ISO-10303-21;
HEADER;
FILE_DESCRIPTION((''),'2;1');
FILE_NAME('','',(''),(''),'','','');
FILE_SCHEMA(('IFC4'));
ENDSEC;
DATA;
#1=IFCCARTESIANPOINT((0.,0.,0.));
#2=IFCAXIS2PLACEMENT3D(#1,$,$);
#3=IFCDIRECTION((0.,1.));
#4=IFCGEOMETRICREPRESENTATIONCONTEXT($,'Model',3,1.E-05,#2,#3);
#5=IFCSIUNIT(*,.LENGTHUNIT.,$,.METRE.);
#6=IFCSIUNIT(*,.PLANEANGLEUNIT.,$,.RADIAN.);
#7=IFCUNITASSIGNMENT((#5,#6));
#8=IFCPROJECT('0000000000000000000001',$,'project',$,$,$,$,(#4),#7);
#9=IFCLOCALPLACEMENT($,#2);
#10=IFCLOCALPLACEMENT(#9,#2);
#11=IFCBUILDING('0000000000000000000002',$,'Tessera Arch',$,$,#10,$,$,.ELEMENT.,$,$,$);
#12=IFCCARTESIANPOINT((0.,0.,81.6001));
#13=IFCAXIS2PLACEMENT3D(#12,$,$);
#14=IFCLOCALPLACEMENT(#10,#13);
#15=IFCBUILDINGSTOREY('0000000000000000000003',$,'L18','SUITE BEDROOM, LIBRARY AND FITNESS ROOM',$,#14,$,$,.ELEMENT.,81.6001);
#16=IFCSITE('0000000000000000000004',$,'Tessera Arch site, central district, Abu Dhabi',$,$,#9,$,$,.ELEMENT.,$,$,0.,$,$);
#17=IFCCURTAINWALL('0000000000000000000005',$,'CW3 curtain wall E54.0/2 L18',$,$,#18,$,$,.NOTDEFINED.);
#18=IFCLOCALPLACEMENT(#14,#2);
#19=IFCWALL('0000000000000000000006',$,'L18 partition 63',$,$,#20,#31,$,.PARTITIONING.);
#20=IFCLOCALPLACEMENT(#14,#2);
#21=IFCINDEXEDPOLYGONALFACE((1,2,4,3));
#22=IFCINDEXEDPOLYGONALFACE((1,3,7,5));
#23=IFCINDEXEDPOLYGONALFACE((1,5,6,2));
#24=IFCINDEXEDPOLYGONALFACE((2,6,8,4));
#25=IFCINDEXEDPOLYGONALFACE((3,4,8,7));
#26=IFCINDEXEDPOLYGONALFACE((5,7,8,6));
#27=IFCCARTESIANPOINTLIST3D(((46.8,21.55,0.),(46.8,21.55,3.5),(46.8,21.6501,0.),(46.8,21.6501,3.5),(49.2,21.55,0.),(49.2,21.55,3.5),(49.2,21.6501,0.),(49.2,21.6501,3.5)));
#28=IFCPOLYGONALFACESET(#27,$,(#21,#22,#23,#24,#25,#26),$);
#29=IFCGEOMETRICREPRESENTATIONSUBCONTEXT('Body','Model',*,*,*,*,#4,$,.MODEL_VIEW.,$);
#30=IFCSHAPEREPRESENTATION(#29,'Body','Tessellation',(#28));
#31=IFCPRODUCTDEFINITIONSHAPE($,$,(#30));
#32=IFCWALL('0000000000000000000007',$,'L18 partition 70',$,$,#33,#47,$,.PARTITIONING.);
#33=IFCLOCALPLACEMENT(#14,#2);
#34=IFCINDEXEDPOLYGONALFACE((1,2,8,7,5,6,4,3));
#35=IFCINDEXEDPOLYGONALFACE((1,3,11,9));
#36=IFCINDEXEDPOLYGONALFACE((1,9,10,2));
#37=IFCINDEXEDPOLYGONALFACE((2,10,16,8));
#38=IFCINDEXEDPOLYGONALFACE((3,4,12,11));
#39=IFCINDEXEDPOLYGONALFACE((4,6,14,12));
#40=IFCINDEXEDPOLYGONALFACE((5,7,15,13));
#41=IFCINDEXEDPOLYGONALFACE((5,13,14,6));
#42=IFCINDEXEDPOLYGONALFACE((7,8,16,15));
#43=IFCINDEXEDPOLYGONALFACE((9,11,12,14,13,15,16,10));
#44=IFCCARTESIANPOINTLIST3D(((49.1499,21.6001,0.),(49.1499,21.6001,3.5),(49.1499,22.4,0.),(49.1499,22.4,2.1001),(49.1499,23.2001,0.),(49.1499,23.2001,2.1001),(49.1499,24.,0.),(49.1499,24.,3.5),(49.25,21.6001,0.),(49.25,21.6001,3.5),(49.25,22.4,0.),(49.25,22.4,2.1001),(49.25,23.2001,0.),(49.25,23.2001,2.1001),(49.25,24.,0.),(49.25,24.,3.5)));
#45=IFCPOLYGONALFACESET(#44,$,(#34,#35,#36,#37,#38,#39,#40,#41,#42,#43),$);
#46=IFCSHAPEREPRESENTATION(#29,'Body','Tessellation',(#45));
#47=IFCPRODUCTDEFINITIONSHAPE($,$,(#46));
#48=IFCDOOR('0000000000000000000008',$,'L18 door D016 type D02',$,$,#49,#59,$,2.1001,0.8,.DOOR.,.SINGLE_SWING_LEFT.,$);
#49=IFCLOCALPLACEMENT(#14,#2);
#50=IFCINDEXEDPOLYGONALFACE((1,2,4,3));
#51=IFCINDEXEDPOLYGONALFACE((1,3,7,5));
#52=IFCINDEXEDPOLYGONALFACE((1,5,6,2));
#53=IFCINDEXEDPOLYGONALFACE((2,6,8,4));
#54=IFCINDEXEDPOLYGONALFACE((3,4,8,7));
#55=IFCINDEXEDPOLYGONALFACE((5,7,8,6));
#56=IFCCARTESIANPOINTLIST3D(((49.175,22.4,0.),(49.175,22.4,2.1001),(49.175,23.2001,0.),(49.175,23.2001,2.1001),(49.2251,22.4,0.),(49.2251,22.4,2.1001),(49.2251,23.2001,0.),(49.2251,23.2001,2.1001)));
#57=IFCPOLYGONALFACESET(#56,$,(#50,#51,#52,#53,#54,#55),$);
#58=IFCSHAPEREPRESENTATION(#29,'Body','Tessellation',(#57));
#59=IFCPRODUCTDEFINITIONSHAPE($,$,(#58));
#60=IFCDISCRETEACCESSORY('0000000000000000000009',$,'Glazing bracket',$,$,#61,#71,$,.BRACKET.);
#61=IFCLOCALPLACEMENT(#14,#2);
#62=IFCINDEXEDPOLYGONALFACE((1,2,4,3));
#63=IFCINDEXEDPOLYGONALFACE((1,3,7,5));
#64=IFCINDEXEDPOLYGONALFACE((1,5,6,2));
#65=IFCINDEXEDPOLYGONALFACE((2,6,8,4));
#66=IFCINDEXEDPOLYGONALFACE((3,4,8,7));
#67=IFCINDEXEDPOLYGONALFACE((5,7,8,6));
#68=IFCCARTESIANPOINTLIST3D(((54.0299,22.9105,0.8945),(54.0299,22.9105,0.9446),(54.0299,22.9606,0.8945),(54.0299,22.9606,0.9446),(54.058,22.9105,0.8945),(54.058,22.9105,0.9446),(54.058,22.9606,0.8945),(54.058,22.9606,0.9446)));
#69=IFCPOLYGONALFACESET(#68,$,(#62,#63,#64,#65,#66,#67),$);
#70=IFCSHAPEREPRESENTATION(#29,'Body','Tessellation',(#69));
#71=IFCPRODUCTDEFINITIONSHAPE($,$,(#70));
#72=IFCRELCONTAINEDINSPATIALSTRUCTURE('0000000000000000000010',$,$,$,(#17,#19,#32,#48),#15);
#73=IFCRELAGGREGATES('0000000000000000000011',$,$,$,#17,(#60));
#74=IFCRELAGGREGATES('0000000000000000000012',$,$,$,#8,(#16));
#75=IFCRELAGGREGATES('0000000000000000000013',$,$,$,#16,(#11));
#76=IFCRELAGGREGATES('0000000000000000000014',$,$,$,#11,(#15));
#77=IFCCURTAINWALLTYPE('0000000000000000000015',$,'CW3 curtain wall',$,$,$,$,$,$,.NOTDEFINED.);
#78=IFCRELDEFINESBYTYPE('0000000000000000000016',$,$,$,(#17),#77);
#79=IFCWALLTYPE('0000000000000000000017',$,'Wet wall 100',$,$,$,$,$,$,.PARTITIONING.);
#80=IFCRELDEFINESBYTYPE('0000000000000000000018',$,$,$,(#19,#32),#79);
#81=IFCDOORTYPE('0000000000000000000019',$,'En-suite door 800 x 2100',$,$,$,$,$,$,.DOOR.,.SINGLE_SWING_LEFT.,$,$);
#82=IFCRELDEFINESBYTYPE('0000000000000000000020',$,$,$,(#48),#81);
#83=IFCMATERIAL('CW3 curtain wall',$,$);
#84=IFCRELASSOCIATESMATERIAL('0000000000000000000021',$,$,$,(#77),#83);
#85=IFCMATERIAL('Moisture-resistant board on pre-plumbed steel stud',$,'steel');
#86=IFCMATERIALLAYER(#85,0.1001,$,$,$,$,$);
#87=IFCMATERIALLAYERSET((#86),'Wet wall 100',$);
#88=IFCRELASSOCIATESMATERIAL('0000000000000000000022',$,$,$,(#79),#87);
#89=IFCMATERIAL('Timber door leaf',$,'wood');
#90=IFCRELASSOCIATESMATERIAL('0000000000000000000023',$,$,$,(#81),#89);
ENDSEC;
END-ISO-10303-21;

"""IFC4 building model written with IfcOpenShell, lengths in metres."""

from ifc_helpers import new_model, si_unit, direction, frame, frame_2d, origin, origin_2d, place, context, subcontext, project, spatial, rectangle, extrude, material, layer, layer_set, type_object, element, fill, aggregate, save


model = new_model("IFC4")

# Units and contexts
model_context = context("Model", 3, precision=1e-05, world=origin(), true_north=direction((0.0, 1.0)))
body_context = subcontext(model_context, "Body", "Model", "MODEL_VIEW")
ifc_project = project(units=[si_unit("LENGTHUNIT", "METRE"), si_unit("PLANEANGLEUNIT", "RADIAN")], contexts=[model_context])

# Site, building, storey
site_placement = place(None, origin())
site = spatial("IfcSite", under=ifc_project, at=site_placement, Name="Tessera Arch site, central district, Abu Dhabi", CompositionType="ELEMENT", RefElevation=0.0)
building_placement = place(site_placement, origin())
building = spatial("IfcBuilding", under=site, at=building_placement, Name="Tessera Arch", CompositionType="ELEMENT")
storey_placement = place(building_placement, frame((0.0, 0.0, 81.6001)))
storey = spatial("IfcBuildingStorey", under=building, at=storey_placement, Name="L18", Description="SUITE BEDROOM, LIBRARY AND FITNESS ROOM", CompositionType="ELEMENT", Elevation=81.6001)

# Curtain wall
ifc_material_1 = material(Name="CW3 curtain wall")
curtain_wall_type_1 = type_object("IfcCurtainWallType", Name="CW3 curtain wall", PredefinedType="NOTDEFINED", material=ifc_material_1)
curtain_wall_1_placement = place(storey_placement, origin())
curtain_wall_1 = element("IfcCurtainWall", 1, at=curtain_wall_1_placement, inside=storey, type_object=curtain_wall_type_1, Name="CW3 curtain wall E54.0/2 L18", PredefinedType="NOTDEFINED")

# Wall
ifc_material_2 = material(Name="Moisture-resistant board on pre-plumbed steel stud", Category="steel")
ifc_layer_1 = layer(ifc_material_2, 0.1001)
ifc_layer_set_1 = layer_set([ifc_layer_1], Name="Wet wall 100")
wall_type_1 = type_object("IfcWallType", Name="Wet wall 100", PredefinedType="PARTITIONING", material=ifc_layer_set_1)
wall_1_placement = place(storey_placement, frame((46.8, 21.6001, 0.0), z_axis=(0.0, 0.0, 1.0), x_axis=(1.0, 0.0, 0.0)))
element("IfcWall", 2, at=wall_1_placement, inside=storey, type_object=wall_type_1, Name="L18 partition 63", PredefinedType="PARTITIONING", context=body_context, shape_type="SweptSolid", body=[
    extrude(rectangle(XDim=2.3999, YDim=0.1001, at=frame_2d((1.2, 0.0))), origin(), (0.0, 0.0, 1.0), 3.5),
])

# Wall, opening, door
wall_2_placement = place(storey_placement, frame((49.2, 21.6001, 0.0), z_axis=(0.0, 0.0, 1.0), x_axis=(0.0, 1.0, 0.0)))
wall_2 = element("IfcWall", 3, at=wall_2_placement, inside=storey, type_object=wall_type_1, Name="L18 partition 70", PredefinedType="PARTITIONING", context=body_context, shape_type="SweptSolid", body=[
    extrude(rectangle(XDim=2.3999, YDim=0.1001, at=frame_2d((1.2, 0.0))), origin(), (0.0, 0.0, 1.0), 3.5),
])
opening_1_placement = place(wall_2_placement, frame((0.8, 0.0, 0.0)))
opening_1 = element("IfcOpeningElement", 4, at=opening_1_placement, cuts=wall_2, PredefinedType="OPENING", context=body_context, shape_type="SweptSolid", body=[
    extrude(rectangle(XDim=0.8, YDim=2.1001, at=frame_2d((0.3999, 1.05))), frame((0.0, 0.0601, 0.0), z_axis=(0.0, -1.0, 0.0), x_axis=(1.0, 0.0, 0.0)), (0.0, 0.0, 1.0), 0.1201),
])
ifc_material_3 = material(Name="Timber door leaf", Category="wood")
door_type_1 = type_object("IfcDoorType", Name="En-suite door 800 x 2100", OperationType="SINGLE_SWING_LEFT", PredefinedType="DOOR", material=ifc_material_3)
door_1_placement = place(opening_1_placement, origin())
door_1 = element("IfcDoor", 5, at=door_1_placement, inside=storey, type_object=door_type_1, Name="L18 door D016 type D02", OperationType="SINGLE_SWING_LEFT", OverallHeight=2.1001, OverallWidth=0.8, PredefinedType="DOOR", context=body_context, shape_type="SweptSolid", body=[
    extrude(rectangle(XDim=0.8, YDim=2.1001, at=frame_2d((0.3999, 1.05))), frame((0.0, 0.0249, 0.0), z_axis=(0.0, -1.0, 0.0), x_axis=(1.0, 0.0, 0.0)), (0.0, 0.0, 1.0), 0.05),
])
fill(opening_1, door_1)

# Discrete accessory
discrete_accessory_placement = place(storey_placement, frame((54.0439, 22.9355, 0.8945), z_axis=(0.0, 0.0, 1.0), x_axis=(0.0, 1.0, 0.0)))
discrete_accessory = element("IfcDiscreteAccessory", 6, at=discrete_accessory_placement, Name="Glazing bracket", PredefinedType="BRACKET", context=body_context, shape_type="SweptSolid", body=[
    extrude(rectangle(XDim=0.05, YDim=0.0281, at=origin_2d()), origin(), (0.0, 0.0, 1.0), 0.05),
])
aggregate(curtain_wall_1, [discrete_accessory])

save(model, "model.ifc")
